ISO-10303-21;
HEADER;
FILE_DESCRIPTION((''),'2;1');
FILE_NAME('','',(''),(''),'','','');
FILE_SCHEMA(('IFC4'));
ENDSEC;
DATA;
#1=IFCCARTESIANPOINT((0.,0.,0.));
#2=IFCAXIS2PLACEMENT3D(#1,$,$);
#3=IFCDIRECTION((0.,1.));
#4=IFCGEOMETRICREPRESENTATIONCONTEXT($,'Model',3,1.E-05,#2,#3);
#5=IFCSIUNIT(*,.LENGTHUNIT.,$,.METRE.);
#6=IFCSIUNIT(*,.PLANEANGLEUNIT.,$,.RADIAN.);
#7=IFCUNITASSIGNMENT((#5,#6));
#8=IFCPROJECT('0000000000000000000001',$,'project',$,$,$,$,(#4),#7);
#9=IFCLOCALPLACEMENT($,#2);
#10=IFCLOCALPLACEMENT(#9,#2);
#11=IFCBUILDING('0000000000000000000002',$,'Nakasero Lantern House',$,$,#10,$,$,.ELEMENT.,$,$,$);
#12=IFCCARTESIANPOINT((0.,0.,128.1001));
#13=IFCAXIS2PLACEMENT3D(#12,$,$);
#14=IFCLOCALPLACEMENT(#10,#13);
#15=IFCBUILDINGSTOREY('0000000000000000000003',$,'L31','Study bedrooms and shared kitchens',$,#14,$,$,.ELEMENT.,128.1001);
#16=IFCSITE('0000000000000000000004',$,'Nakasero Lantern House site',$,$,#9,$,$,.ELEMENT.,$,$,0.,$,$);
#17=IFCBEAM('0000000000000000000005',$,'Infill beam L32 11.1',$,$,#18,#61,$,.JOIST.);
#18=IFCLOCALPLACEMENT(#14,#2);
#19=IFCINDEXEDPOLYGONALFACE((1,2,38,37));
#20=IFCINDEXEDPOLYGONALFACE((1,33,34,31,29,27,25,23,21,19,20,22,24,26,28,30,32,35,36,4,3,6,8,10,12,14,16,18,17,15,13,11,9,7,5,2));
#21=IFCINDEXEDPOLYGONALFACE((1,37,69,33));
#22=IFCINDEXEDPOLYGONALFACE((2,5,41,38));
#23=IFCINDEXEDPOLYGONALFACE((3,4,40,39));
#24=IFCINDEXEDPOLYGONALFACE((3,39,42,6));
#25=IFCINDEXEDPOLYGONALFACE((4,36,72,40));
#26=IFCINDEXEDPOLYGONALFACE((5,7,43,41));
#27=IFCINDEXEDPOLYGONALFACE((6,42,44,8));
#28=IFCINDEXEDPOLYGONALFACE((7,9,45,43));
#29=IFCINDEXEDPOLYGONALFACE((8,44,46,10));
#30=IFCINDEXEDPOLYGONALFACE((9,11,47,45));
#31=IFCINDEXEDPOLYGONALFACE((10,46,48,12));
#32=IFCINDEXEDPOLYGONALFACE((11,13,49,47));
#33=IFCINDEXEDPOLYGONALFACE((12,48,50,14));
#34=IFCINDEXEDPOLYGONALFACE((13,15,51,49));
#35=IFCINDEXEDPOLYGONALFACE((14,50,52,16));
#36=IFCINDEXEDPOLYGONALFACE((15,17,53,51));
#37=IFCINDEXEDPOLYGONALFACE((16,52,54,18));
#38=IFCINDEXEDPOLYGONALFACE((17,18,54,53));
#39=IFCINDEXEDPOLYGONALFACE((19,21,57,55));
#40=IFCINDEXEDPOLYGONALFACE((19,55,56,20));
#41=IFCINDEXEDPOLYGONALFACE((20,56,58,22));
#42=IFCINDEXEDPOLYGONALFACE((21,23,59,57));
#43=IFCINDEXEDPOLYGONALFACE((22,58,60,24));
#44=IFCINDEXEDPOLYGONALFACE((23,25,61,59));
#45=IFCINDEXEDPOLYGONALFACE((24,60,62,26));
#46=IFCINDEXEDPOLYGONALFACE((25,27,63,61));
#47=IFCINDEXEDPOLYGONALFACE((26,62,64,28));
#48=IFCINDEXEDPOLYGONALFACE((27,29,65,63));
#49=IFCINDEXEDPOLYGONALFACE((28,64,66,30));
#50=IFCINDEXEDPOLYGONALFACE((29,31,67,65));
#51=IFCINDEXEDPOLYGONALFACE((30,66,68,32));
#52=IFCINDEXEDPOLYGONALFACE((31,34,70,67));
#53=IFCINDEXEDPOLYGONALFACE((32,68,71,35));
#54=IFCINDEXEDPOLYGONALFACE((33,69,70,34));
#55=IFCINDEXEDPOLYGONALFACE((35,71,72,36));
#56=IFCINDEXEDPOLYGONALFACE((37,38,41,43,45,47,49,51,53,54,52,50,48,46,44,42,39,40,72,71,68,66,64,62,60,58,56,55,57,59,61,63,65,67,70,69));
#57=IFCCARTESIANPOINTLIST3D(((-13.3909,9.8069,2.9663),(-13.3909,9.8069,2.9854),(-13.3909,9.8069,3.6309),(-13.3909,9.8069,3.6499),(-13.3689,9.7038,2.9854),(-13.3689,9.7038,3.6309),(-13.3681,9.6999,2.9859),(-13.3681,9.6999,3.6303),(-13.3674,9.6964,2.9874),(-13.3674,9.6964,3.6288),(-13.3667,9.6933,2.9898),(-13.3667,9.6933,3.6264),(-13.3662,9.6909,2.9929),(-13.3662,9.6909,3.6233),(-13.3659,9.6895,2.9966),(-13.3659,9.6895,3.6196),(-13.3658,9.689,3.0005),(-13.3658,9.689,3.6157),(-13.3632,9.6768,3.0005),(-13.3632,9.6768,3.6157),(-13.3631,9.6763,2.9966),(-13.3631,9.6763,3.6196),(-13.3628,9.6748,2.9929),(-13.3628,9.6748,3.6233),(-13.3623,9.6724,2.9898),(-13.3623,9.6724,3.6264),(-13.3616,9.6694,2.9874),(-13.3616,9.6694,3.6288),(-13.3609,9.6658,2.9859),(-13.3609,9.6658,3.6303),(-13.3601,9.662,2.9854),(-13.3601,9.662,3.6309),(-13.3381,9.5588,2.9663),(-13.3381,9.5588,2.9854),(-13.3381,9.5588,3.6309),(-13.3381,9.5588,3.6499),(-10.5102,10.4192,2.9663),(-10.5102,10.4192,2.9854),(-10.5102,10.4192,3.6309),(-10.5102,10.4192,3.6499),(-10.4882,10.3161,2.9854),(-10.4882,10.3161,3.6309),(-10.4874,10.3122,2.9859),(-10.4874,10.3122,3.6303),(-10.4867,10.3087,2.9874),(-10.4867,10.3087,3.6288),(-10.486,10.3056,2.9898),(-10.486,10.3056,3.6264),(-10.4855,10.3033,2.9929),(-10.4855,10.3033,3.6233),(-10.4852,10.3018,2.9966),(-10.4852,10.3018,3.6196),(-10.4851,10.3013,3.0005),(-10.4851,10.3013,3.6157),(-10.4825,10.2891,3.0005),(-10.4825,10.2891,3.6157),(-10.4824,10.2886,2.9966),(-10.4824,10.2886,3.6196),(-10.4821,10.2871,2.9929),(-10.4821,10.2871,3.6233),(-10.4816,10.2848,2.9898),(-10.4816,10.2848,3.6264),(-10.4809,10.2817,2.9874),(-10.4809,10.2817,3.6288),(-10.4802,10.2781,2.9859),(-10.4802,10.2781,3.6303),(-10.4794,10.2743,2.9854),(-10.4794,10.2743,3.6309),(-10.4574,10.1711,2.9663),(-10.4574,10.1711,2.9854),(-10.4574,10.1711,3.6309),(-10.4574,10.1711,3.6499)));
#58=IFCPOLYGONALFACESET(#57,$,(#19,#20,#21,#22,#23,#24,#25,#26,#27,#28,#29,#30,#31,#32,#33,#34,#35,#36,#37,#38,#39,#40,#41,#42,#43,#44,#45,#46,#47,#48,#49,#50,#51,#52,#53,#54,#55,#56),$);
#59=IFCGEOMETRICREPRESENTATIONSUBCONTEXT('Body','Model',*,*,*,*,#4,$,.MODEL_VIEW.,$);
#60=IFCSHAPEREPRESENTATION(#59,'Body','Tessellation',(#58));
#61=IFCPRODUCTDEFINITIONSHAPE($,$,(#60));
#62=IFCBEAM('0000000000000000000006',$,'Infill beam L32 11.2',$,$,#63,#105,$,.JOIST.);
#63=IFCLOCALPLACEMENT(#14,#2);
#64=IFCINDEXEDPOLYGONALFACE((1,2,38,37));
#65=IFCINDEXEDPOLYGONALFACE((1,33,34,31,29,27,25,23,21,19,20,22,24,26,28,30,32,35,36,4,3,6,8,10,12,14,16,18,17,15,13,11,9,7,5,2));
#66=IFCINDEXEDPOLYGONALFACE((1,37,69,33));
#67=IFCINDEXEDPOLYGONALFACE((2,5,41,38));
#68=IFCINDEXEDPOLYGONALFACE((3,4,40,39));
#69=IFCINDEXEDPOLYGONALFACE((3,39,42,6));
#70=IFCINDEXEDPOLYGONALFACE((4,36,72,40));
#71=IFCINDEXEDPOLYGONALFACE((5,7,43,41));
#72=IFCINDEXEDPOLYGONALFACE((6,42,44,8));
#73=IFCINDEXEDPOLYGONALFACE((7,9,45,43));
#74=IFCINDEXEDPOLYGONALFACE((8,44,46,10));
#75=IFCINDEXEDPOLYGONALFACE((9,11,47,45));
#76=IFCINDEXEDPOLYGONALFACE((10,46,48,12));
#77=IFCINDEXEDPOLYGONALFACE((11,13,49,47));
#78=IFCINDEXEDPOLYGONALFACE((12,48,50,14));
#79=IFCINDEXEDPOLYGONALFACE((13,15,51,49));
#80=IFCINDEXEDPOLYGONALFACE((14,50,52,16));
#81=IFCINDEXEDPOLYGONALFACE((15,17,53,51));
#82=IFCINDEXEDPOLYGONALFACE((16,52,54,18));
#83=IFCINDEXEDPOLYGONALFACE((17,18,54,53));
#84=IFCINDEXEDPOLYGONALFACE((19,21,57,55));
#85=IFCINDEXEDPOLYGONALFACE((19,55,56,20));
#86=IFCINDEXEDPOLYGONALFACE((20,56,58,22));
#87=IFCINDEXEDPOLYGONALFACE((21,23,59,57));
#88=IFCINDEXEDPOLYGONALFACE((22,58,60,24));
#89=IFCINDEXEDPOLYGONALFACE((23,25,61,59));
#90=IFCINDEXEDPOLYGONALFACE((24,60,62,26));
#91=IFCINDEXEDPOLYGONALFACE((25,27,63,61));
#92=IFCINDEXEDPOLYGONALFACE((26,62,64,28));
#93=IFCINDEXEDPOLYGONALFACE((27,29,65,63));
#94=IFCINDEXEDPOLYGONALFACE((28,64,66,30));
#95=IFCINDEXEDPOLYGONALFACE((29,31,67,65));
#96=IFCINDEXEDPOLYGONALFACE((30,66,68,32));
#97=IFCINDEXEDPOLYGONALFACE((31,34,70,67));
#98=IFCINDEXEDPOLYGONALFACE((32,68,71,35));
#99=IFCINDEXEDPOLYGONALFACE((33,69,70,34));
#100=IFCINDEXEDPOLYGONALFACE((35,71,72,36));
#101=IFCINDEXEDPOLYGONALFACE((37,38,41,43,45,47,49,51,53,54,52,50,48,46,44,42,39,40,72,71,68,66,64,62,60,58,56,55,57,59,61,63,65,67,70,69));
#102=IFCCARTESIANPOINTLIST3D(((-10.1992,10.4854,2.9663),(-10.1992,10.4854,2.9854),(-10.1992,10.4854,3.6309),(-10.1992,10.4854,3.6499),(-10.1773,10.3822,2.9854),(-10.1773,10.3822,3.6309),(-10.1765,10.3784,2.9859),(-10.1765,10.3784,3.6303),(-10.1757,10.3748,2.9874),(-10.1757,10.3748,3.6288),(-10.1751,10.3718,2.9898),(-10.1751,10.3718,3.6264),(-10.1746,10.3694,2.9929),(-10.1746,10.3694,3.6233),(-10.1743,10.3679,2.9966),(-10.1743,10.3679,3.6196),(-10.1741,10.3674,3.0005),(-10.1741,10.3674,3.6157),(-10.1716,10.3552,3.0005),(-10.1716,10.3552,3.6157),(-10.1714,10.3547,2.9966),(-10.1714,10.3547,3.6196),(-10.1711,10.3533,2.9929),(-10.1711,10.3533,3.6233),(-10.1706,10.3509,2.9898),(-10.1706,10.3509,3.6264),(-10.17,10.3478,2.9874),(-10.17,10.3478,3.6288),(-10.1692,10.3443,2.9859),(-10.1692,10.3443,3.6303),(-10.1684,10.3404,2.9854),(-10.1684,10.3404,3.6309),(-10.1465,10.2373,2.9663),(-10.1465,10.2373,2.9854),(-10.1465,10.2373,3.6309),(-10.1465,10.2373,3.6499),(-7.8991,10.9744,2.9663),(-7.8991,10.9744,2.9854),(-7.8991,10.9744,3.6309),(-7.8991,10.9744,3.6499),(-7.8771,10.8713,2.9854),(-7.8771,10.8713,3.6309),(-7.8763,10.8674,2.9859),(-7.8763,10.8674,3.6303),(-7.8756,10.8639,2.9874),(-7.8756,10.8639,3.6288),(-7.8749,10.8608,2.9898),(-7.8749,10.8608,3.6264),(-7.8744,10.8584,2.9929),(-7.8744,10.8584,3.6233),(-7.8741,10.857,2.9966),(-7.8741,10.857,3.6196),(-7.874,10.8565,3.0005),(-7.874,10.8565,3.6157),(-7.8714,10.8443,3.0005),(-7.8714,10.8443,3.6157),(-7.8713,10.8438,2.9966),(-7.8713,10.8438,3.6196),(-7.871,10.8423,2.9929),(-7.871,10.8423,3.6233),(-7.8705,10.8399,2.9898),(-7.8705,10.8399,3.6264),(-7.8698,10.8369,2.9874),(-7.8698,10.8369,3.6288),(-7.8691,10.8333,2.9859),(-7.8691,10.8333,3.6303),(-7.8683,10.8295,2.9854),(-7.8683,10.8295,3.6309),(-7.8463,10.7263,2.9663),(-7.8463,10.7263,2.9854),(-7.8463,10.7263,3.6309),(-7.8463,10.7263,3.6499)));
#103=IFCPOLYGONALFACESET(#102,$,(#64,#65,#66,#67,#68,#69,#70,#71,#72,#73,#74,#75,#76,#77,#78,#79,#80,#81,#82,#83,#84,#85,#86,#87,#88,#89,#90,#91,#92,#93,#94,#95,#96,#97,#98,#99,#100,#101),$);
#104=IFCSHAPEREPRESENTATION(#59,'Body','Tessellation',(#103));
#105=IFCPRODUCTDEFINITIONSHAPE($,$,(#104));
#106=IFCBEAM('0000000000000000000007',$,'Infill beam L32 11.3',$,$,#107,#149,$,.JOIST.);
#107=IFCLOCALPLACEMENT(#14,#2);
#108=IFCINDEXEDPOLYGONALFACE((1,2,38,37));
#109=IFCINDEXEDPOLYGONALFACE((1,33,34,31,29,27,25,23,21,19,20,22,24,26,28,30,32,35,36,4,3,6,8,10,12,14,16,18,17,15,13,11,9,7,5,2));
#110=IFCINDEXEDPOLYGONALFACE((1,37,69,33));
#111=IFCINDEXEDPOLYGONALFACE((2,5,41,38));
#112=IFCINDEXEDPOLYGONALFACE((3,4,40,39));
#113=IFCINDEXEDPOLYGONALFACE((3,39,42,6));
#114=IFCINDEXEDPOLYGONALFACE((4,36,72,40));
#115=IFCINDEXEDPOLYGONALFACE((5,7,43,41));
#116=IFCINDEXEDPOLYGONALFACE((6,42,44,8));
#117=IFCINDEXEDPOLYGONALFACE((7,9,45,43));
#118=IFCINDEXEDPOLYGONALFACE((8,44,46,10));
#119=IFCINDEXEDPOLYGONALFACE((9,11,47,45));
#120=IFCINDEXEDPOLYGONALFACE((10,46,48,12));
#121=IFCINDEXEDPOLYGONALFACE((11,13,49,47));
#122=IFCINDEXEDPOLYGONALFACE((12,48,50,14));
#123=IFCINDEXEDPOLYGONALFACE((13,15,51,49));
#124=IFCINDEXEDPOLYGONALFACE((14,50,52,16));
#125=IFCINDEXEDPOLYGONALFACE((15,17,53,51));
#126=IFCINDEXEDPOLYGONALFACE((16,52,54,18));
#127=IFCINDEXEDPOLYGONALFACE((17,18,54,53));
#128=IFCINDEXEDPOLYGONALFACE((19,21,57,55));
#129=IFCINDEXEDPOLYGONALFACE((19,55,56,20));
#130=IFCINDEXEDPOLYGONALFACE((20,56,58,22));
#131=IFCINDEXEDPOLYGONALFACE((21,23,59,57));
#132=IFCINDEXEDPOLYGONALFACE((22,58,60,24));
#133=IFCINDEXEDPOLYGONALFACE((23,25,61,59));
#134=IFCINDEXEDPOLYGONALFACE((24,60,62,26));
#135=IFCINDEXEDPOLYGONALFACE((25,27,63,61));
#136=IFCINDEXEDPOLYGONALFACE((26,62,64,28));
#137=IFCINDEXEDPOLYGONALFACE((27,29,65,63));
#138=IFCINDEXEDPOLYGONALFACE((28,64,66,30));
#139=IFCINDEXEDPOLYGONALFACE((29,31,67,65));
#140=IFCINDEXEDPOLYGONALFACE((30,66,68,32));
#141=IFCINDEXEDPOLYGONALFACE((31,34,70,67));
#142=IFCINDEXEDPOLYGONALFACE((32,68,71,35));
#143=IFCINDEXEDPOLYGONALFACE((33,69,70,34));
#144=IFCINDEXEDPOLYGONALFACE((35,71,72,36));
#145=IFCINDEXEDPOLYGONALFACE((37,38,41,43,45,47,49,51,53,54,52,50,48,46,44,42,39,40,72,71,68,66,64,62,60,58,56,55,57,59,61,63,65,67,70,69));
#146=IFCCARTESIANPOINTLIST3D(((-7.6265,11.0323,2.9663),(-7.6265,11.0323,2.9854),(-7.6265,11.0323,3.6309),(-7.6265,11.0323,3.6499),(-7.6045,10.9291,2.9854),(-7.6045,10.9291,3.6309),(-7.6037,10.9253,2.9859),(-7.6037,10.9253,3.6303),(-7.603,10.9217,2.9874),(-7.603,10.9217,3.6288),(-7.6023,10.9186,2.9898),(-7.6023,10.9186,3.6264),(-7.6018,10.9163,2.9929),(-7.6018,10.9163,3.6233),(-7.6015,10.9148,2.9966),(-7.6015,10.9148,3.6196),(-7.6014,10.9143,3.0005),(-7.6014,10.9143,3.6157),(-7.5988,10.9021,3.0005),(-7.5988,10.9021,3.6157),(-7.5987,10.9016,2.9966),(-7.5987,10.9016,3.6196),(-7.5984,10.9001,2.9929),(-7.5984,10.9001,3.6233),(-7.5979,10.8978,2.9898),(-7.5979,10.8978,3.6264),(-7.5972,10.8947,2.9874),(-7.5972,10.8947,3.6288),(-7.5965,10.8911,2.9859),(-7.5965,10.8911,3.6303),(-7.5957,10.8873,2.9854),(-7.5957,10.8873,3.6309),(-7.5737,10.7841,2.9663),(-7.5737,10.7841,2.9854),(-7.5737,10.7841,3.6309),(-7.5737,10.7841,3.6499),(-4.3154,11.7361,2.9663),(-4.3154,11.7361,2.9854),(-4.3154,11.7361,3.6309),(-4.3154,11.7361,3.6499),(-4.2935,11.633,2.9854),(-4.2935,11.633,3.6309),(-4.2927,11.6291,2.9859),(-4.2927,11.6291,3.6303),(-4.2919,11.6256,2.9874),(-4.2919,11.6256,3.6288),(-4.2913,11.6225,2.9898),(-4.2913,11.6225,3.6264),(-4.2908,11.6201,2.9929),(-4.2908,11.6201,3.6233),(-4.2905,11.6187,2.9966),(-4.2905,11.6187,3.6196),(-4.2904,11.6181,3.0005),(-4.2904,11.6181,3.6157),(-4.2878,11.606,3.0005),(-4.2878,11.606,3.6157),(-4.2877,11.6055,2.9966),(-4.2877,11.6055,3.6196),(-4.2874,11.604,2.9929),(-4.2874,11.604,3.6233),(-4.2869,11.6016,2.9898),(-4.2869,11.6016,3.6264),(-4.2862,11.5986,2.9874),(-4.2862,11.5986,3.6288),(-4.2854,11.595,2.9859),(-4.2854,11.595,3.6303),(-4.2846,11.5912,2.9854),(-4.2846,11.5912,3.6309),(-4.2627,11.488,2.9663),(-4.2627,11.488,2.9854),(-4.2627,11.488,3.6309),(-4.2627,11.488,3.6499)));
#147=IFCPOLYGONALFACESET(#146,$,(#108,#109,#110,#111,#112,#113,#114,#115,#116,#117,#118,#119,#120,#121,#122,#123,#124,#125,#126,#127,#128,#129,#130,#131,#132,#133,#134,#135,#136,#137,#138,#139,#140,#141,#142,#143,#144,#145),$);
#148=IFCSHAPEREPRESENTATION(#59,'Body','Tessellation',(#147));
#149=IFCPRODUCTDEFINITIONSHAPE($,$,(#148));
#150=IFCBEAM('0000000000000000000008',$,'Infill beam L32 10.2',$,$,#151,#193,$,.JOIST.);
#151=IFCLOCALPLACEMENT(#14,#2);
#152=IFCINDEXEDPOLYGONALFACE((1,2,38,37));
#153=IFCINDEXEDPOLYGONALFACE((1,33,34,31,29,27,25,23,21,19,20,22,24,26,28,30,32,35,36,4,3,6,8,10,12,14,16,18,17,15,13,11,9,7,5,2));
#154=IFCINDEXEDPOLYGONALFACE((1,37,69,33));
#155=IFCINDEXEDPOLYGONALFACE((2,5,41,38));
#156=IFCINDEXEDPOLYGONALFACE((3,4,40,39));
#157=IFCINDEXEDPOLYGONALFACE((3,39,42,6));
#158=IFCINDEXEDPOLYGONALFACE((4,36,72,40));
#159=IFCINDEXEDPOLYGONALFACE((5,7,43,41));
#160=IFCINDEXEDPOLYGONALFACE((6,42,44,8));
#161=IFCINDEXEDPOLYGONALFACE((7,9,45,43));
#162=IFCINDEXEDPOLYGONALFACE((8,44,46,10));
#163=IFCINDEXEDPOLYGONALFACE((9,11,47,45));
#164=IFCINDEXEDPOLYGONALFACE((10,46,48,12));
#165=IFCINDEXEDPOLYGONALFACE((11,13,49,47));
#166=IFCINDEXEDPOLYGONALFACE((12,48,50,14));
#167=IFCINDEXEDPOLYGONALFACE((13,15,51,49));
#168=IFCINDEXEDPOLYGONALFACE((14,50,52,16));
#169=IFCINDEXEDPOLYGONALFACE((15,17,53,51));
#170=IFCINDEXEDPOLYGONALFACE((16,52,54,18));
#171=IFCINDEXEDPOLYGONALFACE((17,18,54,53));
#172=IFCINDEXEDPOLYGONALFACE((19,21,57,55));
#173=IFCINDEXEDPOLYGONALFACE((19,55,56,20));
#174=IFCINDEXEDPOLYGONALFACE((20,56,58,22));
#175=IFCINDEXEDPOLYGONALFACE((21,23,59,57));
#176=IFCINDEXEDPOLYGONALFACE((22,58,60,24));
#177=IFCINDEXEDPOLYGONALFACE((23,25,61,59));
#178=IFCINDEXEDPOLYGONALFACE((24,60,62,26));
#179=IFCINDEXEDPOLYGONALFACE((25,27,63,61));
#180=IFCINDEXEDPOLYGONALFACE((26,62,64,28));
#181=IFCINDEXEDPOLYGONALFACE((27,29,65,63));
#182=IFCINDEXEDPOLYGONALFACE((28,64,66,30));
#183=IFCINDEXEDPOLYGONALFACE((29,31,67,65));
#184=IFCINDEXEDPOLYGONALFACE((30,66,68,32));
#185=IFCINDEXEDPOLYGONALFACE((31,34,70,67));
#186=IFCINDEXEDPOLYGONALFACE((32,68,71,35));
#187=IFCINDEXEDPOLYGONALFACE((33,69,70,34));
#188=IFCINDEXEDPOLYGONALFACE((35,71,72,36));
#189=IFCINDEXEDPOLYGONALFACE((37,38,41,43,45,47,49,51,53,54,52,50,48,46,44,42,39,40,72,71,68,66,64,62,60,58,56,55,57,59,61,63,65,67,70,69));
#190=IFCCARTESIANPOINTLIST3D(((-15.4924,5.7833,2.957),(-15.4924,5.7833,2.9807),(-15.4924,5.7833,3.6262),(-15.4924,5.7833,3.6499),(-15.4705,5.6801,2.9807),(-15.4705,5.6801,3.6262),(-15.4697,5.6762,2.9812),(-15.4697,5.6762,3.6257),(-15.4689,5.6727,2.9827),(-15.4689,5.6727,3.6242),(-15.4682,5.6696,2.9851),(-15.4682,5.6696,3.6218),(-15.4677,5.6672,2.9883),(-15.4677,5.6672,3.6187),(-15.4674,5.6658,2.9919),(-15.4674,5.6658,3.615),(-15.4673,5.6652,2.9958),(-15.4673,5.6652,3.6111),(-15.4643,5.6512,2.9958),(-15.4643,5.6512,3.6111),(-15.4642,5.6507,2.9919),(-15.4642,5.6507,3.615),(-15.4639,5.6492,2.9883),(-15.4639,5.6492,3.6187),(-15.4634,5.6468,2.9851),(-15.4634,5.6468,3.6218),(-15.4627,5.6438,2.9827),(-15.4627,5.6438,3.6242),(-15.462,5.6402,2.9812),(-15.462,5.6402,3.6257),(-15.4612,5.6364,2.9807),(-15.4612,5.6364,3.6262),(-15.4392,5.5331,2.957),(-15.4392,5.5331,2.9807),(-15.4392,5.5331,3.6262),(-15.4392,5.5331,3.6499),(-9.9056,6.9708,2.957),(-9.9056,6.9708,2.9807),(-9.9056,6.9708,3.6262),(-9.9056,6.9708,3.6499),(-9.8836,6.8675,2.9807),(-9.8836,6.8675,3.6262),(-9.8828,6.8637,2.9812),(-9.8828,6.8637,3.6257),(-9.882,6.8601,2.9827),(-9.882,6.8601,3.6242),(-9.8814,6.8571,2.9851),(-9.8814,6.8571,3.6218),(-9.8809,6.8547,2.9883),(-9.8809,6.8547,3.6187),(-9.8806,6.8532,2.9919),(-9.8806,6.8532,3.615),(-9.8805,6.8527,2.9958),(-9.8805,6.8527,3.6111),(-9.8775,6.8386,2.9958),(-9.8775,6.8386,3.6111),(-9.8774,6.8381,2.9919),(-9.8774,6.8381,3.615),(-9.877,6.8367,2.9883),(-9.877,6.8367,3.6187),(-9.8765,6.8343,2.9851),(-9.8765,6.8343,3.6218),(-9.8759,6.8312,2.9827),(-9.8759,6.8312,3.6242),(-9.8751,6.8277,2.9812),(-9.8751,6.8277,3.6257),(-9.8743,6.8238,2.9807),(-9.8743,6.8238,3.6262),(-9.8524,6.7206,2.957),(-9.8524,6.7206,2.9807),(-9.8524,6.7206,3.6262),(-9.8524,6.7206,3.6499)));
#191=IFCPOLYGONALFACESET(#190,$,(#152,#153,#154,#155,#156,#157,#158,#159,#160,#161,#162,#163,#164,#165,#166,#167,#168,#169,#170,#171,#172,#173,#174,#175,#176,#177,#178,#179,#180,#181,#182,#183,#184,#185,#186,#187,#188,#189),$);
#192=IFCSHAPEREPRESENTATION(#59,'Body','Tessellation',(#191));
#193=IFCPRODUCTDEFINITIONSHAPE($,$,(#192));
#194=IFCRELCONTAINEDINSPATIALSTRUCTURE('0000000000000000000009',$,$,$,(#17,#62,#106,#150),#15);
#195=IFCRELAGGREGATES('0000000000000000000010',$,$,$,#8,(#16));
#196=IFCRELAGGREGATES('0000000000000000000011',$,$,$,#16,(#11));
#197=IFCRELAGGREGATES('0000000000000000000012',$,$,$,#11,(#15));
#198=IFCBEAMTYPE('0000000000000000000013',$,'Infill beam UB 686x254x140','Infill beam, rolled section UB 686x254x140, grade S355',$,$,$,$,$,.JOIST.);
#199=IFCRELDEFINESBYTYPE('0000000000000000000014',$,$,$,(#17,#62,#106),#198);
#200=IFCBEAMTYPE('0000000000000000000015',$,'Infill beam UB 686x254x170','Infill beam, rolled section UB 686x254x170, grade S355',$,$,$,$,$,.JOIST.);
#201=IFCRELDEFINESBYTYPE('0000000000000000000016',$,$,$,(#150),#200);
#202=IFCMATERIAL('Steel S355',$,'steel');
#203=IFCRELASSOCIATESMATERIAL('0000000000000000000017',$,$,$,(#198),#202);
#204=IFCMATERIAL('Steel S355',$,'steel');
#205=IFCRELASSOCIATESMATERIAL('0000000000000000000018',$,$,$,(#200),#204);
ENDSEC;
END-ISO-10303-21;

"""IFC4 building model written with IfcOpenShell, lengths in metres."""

from ifc_helpers import new_model, si_unit, direction, frame, origin, origin_2d, place, context, subcontext, project, spatial, i_section, extrude, material, material_profile, profile_set, type_object, element, save


model = new_model("IFC4")

# Units and contexts
model_context = context("Model", 3, precision=1e-05, world=origin(), true_north=direction((0.0, 1.0)))
body_context = subcontext(model_context, "Body", "Model", "MODEL_VIEW")
ifc_project = project(units=[si_unit("LENGTHUNIT", "METRE"), si_unit("PLANEANGLEUNIT", "RADIAN")], contexts=[model_context])

# Site, building, storey
site_placement = place(None, origin())
site = spatial("IfcSite", under=ifc_project, at=site_placement, Name="Nakasero Lantern House site", CompositionType="ELEMENT", RefElevation=0.0)
building_placement = place(site_placement, origin())
building = spatial("IfcBuilding", under=site, at=building_placement, Name="Nakasero Lantern House", CompositionType="ELEMENT")
storey_placement = place(building_placement, frame((0.0, 0.0, 128.1001)))
storey = spatial("IfcBuildingStorey", under=building, at=storey_placement, Name="L31", Description="Study bedrooms and shared kitchens", CompositionType="ELEMENT", Elevation=128.1001)

# Beams
ifc_material_1 = material(Name="Steel S355", Category="steel")
ifc_material_profile_1 = material_profile(ifc_material_1, i_section(OverallWidth=0.2537, OverallDepth=0.6836, WebThickness=0.0125, FlangeThickness=0.019, FilletRadius=0.0151, at=origin_2d()), Name="UB 686x254x140")
ifc_profile_set_1 = profile_set([ifc_material_profile_1], Name="Steel S355")
beam_type_1 = type_object("IfcBeamType", Name="Infill beam UB 686x254x140", Description="Infill beam, rolled section UB 686x254x140, grade S355", PredefinedType="JOIST", material=ifc_profile_set_1)
beam_1_placement = place(storey_placement, frame((-13.3645, 9.6829, 3.3081), z_axis=(0.978147, 0.207915, 0.0), x_axis=(-0.207915, 0.978147, 0.0)))
element("IfcBeam", 1, at=beam_1_placement, inside=storey, type_object=beam_type_1, Name="Infill beam L32 11.1", PredefinedType="JOIST", context=body_context, shape_type="SweptSolid", body=[
    extrude(i_section(OverallWidth=0.2537, OverallDepth=0.6836, WebThickness=0.0125, FlangeThickness=0.019, FilletRadius=0.0151, at=origin_2d()), origin(), (0.0, 0.0, 1.0), 2.9451),
])
beam_2_placement = place(storey_placement, frame((-10.1729, 10.3613, 3.3081), z_axis=(0.978137, 0.207962, 0.0), x_axis=(-0.207962, 0.978137, 0.0)))
element("IfcBeam", 2, at=beam_2_placement, inside=storey, type_object=beam_type_1, Name="Infill beam L32 11.2", PredefinedType="JOIST", context=body_context, shape_type="SweptSolid", body=[
    extrude(i_section(OverallWidth=0.2537, OverallDepth=0.6836, WebThickness=0.0125, FlangeThickness=0.019, FilletRadius=0.0151, at=origin_2d()), origin(), (0.0, 0.0, 1.0), 2.3516),
])
beam_3_placement = place(storey_placement, frame((-7.6001, 10.9082, 3.3081), z_axis=(0.978143, 0.207933, 0.0), x_axis=(-0.207933, 0.978143, 0.0)))
element("IfcBeam", 3, at=beam_3_placement, inside=storey, type_object=beam_type_1, Name="Infill beam L32 11.3", PredefinedType="JOIST", context=body_context, shape_type="SweptSolid", body=[
    extrude(i_section(OverallWidth=0.2537, OverallDepth=0.6836, WebThickness=0.0125, FlangeThickness=0.019, FilletRadius=0.0151, at=origin_2d()), origin(), (0.0, 0.0, 1.0), 3.385),
])
ifc_material_2 = material(Name="Steel S355", Category="steel")
ifc_material_profile_2 = material_profile(ifc_material_2, i_section(OverallWidth=0.2559, OverallDepth=0.6929, WebThickness=0.0144, FlangeThickness=0.0237, FilletRadius=0.0151, at=origin_2d()), Name="UB 686x254x170")
ifc_profile_set_2 = profile_set([ifc_material_profile_2], Name="Steel S355")
beam_type_2 = type_object("IfcBeamType", Name="Infill beam UB 686x254x170", Description="Infill beam, rolled section UB 686x254x170, grade S355", PredefinedType="JOIST", material=ifc_profile_set_2)
beam_4_placement = place(storey_placement, frame((-15.4658, 5.6582, 3.3035), z_axis=(0.978149, 0.207906, 0.0), x_axis=(-0.207906, 0.978149, 0.0)))
element("IfcBeam", 4, at=beam_4_placement, inside=storey, type_object=beam_type_2, Name="Infill beam L32 10.2", PredefinedType="JOIST", context=body_context, shape_type="SweptSolid", body=[
    extrude(i_section(OverallWidth=0.2559, OverallDepth=0.6929, WebThickness=0.0144, FlangeThickness=0.0237, FilletRadius=0.0151, at=origin_2d()), origin(), (0.0, 0.0, 1.0), 5.7117),
])

save(model, "model.ifc")
